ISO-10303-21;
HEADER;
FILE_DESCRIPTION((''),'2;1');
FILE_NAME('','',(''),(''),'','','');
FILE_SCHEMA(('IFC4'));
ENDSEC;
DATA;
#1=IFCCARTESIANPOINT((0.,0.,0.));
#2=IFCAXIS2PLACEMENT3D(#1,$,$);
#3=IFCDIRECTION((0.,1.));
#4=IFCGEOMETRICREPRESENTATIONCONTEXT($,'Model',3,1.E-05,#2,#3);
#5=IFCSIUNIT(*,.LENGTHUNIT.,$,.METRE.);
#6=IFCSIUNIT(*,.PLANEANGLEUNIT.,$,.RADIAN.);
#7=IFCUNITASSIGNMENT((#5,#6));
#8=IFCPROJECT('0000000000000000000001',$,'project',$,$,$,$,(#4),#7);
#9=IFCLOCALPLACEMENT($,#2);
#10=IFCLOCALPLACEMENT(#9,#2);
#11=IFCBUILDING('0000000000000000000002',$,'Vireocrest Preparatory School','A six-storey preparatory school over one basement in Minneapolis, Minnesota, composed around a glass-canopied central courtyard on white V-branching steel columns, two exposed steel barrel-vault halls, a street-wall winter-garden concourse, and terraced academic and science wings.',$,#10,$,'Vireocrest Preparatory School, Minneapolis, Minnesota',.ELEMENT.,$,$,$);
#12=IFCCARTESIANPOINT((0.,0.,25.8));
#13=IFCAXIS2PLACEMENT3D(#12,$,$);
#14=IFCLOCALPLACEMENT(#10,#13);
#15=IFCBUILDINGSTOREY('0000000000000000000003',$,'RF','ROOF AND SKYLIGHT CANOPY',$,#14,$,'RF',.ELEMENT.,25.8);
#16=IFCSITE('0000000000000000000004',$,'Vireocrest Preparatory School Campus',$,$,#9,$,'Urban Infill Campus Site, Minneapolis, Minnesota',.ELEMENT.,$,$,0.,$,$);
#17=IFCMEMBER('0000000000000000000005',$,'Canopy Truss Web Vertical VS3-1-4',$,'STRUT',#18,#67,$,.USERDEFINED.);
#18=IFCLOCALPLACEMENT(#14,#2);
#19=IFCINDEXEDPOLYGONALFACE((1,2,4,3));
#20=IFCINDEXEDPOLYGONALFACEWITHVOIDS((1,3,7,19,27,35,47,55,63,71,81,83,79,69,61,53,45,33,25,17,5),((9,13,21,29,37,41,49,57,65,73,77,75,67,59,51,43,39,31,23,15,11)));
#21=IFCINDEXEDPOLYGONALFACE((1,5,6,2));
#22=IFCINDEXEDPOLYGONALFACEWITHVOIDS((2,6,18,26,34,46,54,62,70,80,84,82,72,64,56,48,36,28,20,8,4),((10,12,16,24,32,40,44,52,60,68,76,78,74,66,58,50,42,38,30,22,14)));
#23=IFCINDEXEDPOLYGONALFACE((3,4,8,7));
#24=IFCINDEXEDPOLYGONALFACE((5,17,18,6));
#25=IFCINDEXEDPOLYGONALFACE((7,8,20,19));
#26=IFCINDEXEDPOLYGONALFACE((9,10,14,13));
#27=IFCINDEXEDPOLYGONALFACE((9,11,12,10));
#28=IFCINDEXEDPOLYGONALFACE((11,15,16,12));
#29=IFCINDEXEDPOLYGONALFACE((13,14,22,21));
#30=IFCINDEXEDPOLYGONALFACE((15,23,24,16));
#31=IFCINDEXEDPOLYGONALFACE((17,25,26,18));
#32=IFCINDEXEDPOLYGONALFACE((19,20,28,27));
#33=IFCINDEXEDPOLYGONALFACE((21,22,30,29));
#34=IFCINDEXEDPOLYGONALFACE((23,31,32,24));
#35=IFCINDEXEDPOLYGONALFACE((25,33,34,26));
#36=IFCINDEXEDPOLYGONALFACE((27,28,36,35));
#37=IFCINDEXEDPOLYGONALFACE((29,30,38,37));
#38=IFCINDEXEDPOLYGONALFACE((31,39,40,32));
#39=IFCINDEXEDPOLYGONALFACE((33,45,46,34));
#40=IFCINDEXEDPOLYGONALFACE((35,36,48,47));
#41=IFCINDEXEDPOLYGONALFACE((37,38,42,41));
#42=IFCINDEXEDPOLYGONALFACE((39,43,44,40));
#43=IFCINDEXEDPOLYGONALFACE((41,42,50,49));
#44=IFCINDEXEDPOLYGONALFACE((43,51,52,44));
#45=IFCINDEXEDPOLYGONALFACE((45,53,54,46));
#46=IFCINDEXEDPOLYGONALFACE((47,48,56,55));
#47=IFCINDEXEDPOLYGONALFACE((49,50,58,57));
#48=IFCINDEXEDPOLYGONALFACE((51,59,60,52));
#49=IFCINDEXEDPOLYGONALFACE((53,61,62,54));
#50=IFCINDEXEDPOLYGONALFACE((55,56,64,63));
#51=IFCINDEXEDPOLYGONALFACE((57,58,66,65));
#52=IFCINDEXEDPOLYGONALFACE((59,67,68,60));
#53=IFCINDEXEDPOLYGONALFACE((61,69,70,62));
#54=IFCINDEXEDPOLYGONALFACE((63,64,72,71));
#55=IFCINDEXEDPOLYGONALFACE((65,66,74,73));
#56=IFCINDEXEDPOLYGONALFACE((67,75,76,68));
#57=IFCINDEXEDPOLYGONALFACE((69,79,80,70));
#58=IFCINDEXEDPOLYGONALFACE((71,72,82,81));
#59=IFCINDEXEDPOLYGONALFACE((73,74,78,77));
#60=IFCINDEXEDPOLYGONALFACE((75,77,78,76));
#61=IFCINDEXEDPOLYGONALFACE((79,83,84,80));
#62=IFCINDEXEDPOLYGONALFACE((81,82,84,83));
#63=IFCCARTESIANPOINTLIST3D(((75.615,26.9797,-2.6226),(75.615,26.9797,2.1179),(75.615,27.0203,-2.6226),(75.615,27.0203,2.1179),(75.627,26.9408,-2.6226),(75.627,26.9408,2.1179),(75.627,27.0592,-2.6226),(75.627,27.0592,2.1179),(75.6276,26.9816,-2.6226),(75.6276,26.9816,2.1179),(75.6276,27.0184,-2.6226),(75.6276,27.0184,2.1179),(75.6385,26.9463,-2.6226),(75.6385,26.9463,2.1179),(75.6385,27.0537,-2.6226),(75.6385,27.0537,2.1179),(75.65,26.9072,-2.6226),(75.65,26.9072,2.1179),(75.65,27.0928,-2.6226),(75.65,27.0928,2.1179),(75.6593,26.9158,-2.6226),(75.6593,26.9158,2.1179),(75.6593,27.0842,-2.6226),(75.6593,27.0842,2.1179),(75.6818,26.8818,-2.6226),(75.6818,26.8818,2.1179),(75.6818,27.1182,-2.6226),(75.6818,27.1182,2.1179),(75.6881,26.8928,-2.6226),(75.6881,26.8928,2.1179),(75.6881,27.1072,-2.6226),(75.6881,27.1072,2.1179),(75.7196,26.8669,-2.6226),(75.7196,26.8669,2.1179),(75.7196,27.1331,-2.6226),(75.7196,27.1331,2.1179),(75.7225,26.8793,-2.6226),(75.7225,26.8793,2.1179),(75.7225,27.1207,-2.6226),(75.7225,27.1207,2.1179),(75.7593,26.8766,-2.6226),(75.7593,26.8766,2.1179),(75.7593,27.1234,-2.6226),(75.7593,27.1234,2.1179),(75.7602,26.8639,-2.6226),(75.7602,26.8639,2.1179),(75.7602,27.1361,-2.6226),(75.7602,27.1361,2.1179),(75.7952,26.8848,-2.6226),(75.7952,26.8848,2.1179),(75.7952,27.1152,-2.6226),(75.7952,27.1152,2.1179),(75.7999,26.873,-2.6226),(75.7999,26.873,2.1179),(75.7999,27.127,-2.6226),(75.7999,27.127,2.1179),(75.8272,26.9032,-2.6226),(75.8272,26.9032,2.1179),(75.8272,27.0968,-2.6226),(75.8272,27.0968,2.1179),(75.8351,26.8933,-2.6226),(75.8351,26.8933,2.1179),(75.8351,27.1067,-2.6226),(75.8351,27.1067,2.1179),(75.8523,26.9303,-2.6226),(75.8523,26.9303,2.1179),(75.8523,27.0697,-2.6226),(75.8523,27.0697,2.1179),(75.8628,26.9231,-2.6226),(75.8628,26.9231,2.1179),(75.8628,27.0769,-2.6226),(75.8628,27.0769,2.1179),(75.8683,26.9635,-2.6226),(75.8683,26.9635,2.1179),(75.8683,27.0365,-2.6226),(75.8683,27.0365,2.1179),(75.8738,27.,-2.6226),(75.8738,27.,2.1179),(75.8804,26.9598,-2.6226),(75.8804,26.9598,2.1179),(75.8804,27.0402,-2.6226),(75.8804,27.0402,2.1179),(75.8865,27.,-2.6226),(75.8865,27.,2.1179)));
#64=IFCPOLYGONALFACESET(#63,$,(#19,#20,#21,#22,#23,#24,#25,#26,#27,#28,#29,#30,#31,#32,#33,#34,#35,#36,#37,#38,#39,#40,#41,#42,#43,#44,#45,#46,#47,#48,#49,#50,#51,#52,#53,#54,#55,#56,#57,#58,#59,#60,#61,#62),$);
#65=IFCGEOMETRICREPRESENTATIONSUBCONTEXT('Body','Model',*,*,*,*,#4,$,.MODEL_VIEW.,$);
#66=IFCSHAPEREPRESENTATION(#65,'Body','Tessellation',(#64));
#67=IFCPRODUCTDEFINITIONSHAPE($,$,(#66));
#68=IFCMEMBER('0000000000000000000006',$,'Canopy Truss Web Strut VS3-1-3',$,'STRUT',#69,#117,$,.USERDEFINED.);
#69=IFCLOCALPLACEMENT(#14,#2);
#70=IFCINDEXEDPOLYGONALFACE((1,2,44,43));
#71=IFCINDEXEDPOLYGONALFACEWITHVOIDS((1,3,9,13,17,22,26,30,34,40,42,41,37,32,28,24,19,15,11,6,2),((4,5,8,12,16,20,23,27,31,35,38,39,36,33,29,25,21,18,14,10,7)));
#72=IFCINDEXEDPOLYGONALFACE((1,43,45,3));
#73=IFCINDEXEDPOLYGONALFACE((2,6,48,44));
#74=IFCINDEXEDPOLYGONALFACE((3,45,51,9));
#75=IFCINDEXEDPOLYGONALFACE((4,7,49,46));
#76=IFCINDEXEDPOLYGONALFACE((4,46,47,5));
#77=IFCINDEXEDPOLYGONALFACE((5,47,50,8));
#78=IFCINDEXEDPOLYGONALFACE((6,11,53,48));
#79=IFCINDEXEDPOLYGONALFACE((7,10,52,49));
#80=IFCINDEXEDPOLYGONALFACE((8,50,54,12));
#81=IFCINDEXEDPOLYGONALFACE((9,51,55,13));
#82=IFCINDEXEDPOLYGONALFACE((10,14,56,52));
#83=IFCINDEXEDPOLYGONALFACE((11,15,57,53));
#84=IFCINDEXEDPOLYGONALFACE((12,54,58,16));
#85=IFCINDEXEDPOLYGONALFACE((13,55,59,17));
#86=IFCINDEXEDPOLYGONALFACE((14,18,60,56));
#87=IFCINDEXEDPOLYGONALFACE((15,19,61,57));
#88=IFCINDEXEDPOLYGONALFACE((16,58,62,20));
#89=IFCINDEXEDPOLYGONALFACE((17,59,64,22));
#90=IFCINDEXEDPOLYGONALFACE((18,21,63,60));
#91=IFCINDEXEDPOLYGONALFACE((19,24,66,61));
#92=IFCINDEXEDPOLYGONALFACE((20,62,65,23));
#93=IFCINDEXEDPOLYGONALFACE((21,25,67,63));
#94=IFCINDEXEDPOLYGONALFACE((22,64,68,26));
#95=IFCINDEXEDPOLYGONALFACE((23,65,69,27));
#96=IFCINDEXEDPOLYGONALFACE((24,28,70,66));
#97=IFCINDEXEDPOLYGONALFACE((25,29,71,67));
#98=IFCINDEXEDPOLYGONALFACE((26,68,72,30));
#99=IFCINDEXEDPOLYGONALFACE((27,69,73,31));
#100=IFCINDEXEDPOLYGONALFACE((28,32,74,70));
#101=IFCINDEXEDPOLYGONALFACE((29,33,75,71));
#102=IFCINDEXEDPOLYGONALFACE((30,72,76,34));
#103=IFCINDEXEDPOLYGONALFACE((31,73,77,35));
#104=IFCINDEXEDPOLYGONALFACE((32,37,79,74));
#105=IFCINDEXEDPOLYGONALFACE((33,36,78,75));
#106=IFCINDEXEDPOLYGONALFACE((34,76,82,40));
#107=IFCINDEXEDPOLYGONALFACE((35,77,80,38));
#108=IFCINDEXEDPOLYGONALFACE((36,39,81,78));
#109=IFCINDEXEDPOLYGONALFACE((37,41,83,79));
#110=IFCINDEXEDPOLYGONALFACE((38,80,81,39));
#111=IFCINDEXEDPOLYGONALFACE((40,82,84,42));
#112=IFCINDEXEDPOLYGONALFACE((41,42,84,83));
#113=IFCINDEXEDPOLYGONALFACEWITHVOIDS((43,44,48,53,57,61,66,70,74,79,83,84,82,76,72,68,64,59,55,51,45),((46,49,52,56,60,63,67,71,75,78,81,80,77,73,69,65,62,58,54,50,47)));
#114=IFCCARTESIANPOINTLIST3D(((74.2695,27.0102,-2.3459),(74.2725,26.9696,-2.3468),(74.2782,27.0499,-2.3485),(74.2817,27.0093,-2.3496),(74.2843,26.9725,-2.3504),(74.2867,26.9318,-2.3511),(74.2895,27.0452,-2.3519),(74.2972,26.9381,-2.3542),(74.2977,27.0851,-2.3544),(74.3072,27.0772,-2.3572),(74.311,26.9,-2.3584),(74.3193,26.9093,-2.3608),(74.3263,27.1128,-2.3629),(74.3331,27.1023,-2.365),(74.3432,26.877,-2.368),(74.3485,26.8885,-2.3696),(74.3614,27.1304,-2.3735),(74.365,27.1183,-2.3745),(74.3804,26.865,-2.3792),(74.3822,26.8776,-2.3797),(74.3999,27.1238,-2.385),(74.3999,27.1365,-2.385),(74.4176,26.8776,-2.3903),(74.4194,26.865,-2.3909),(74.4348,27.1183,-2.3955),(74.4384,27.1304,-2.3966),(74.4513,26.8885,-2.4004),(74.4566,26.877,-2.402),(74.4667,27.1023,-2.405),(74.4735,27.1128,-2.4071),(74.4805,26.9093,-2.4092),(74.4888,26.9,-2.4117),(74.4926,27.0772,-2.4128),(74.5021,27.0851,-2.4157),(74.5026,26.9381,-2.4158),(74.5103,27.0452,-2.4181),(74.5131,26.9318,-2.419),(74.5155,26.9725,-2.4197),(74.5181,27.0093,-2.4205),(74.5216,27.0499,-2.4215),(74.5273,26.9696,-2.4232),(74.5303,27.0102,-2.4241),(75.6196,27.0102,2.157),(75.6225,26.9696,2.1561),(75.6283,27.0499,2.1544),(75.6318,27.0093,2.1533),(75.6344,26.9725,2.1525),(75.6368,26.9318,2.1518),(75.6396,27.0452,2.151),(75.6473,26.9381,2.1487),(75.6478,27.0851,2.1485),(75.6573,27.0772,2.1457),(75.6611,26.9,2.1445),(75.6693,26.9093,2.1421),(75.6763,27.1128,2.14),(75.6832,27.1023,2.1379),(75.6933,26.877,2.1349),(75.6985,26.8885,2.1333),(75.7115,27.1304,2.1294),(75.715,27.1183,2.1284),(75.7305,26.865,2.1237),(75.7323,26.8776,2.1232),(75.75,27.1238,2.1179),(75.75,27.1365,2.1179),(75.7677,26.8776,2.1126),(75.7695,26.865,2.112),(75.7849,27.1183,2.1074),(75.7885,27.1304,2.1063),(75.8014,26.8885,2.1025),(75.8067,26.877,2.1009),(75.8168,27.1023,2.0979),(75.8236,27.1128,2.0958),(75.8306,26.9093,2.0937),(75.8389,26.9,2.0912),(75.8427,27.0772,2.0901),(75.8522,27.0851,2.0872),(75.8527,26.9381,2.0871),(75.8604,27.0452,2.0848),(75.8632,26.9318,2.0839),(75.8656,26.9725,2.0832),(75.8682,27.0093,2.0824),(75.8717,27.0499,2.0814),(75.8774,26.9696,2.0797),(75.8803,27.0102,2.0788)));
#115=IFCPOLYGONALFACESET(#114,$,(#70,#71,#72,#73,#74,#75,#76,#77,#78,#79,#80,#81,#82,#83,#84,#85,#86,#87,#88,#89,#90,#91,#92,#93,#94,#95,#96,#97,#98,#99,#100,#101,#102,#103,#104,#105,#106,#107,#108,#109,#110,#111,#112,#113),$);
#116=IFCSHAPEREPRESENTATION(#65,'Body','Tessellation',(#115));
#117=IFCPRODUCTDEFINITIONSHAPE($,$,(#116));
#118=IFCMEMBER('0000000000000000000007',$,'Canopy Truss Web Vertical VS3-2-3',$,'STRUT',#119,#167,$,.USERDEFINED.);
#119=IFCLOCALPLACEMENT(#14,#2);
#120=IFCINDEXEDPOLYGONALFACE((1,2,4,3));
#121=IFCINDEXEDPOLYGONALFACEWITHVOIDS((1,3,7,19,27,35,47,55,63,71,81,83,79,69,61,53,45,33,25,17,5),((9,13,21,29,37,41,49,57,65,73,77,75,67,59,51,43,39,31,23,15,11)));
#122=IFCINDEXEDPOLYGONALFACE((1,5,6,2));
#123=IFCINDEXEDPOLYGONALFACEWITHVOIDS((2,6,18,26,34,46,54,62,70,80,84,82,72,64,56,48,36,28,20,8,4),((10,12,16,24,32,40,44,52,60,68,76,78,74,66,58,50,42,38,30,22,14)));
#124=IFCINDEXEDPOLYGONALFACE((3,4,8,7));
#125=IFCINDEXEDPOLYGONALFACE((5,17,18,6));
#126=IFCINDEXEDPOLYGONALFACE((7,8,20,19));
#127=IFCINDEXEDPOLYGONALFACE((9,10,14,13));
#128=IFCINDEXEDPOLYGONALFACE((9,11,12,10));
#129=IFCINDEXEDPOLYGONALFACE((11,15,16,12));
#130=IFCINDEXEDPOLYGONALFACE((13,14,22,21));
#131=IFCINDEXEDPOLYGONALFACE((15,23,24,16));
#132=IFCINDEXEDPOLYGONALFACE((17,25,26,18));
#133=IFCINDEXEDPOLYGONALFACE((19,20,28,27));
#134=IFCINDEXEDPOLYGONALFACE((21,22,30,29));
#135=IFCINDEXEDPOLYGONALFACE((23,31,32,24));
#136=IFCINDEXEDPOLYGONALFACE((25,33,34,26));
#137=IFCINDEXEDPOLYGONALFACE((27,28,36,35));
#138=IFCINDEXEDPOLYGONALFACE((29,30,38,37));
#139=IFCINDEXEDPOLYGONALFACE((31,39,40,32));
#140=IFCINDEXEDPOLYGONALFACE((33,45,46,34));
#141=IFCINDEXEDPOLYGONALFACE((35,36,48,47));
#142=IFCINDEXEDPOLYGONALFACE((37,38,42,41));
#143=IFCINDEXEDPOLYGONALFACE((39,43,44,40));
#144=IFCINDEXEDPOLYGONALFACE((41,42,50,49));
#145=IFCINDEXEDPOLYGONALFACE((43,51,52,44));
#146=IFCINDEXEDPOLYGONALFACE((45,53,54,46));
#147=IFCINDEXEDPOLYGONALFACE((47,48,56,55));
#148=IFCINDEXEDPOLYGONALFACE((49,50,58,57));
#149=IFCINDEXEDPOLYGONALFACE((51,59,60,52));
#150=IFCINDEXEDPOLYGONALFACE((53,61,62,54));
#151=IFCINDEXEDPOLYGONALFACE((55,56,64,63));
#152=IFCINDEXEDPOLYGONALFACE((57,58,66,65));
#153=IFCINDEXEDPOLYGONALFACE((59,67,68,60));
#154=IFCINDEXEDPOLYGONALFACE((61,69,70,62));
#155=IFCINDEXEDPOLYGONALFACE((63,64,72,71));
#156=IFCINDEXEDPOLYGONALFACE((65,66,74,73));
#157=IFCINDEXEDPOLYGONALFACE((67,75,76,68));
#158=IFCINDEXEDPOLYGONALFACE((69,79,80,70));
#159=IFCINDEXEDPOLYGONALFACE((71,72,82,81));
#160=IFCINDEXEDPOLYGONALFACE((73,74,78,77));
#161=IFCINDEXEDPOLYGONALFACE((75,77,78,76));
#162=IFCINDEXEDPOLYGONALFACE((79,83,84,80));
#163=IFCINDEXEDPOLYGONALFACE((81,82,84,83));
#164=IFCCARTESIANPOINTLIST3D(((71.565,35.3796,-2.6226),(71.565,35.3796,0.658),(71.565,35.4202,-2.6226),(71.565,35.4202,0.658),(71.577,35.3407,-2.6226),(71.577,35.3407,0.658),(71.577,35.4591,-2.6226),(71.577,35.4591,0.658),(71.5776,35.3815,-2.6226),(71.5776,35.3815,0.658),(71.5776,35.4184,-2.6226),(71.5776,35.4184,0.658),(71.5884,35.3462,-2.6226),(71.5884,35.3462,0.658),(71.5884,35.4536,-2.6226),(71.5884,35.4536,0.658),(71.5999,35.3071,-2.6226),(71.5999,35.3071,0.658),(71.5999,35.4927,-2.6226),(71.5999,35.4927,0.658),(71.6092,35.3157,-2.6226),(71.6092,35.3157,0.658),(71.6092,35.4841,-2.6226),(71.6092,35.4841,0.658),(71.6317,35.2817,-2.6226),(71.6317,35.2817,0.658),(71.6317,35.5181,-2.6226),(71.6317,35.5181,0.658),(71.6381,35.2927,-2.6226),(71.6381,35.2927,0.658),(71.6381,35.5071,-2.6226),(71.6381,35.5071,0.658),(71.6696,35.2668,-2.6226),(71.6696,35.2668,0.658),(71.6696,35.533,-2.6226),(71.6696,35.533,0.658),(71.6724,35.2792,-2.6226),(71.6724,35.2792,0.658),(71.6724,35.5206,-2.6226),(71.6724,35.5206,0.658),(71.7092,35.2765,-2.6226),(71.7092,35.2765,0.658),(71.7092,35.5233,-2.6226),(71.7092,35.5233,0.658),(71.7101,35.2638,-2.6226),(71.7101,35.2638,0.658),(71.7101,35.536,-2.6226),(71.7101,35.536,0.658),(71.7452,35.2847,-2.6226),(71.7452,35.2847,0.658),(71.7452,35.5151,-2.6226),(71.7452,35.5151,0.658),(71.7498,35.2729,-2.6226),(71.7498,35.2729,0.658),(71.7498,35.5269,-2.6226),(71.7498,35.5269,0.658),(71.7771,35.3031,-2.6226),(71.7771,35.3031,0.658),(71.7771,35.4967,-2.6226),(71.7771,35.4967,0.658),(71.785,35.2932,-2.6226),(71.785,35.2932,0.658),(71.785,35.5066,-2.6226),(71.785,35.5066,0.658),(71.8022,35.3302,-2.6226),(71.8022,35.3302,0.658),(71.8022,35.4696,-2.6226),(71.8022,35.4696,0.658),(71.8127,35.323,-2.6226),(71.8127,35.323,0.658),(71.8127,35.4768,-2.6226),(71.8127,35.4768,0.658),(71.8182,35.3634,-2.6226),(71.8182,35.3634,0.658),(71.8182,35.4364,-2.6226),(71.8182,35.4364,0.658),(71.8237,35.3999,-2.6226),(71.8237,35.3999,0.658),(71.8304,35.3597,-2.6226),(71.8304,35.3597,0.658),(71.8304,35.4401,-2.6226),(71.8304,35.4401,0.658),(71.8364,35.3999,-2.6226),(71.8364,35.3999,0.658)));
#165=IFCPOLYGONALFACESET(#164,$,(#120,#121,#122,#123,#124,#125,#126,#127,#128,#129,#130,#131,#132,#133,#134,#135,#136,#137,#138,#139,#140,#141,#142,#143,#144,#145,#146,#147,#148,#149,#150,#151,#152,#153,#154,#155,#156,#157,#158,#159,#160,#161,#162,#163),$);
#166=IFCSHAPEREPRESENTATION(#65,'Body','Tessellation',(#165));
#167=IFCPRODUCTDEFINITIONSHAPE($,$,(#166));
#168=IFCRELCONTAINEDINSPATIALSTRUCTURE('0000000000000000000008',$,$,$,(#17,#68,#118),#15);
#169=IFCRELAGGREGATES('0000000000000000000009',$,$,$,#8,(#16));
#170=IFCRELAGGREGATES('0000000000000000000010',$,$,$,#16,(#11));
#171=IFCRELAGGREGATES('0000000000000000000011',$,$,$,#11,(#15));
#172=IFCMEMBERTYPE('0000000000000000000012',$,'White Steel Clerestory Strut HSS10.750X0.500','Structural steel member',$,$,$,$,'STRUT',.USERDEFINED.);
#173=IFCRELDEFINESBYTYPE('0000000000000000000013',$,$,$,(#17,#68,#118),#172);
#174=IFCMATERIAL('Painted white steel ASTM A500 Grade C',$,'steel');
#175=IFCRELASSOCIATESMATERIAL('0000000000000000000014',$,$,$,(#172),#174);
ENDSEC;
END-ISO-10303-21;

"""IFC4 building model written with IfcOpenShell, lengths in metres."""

from ifc_helpers import new_model, si_unit, direction, frame, origin, origin_2d, place, context, subcontext, project, spatial, hollow_circle, extrude, material, material_profile, profile_set, type_object, element, save


model = new_model("IFC4")

# Units and contexts
model_context = context("Model", 3, precision=1e-05, world=origin(), true_north=direction((0.0, 1.0)))
body_context = subcontext(model_context, "Body", "Model", "MODEL_VIEW")
ifc_project = project(units=[si_unit("LENGTHUNIT", "METRE"), si_unit("PLANEANGLEUNIT", "RADIAN")], contexts=[model_context])

# Site, building, storey
site_placement = place(None, origin())
site = spatial("IfcSite", under=ifc_project, at=site_placement, Name="Vireocrest Preparatory School Campus", LongName="Urban Infill Campus Site, Minneapolis, Minnesota", CompositionType="ELEMENT", RefElevation=0.0)
building_placement = place(site_placement, origin())
building = spatial("IfcBuilding", under=site, at=building_placement, Name="Vireocrest Preparatory School", Description="A six-storey preparatory school over one basement in Minneapolis, Minnesota, composed around a glass-canopied central courtyard on white V-branching steel columns, two exposed steel barrel-vault halls, a street-wall winter-garden concourse, and terraced academic and science wings.", LongName="Vireocrest Preparatory School, Minneapolis, Minnesota", CompositionType="ELEMENT")
storey_placement = place(building_placement, frame((0.0, 0.0, 25.8)))
storey = spatial("IfcBuildingStorey", under=building, at=storey_placement, Name="RF", Description="ROOF AND SKYLIGHT CANOPY", LongName="RF", CompositionType="ELEMENT", Elevation=25.8)

# Shared definitions
ifc_material_1 = material(Name="Painted white steel ASTM A500 Grade C", Category="steel")

# Members
ifc_material_profile_1 = material_profile(ifc_material_1, hollow_circle(Radius=0.1365, WallThickness=0.0127, at=origin_2d()), Name="HSS10.750X0.500")
ifc_profile_set_1 = profile_set([ifc_material_profile_1], Name="Painted white steel ASTM A500 Grade C")
member_type_1 = type_object("IfcMemberType", Name="White Steel Clerestory Strut HSS10.750X0.500", Description="Structural steel member", ElementType="STRUT", PredefinedType="USERDEFINED", material=ifc_profile_set_1)
member_1_placement = place(storey_placement, frame((75.75, 27.0, -2.6226), z_axis=(0.0, 0.0, 1.0), x_axis=(1.0, 0.0, 0.0)))
element("IfcMember", 1, at=member_1_placement, inside=storey, type_object=member_type_1, Name="Canopy Truss Web Vertical VS3-1-4", ObjectType="STRUT", PredefinedType="USERDEFINED", context=body_context, shape_type="SweptSolid", body=[
    extrude(hollow_circle(Radius=0.1365, WallThickness=0.0127, at=origin_2d()), origin(), (0.0, 0.0, 1.0), 4.7405),
])
member_2_placement = place(storey_placement, frame((74.3999, 27.0, -2.385), z_axis=(0.287195, 0.0, 0.957872), x_axis=(0.0, 1.0, 0.0)))
element("IfcMember", 2, at=member_2_placement, inside=storey, type_object=member_type_1, Name="Canopy Truss Web Strut VS3-1-3", ObjectType="STRUT", PredefinedType="USERDEFINED", context=body_context, shape_type="SweptSolid", body=[
    extrude(hollow_circle(Radius=0.1365, WallThickness=0.0127, at=origin_2d()), origin(), (0.0, 0.0, 1.0), 4.7009),
])
member_3_placement = place(storey_placement, frame((71.7, 35.3999, -2.6226), z_axis=(0.0, 0.0, 1.0), x_axis=(1.0, 0.0, 0.0)))
element("IfcMember", 3, at=member_3_placement, inside=storey, type_object=member_type_1, Name="Canopy Truss Web Vertical VS3-2-3", ObjectType="STRUT", PredefinedType="USERDEFINED", context=body_context, shape_type="SweptSolid", body=[
    extrude(hollow_circle(Radius=0.1365, WallThickness=0.0127, at=origin_2d()), origin(), (0.0, 0.0, 1.0), 3.2805),
])

save(model, "model.ifc")
